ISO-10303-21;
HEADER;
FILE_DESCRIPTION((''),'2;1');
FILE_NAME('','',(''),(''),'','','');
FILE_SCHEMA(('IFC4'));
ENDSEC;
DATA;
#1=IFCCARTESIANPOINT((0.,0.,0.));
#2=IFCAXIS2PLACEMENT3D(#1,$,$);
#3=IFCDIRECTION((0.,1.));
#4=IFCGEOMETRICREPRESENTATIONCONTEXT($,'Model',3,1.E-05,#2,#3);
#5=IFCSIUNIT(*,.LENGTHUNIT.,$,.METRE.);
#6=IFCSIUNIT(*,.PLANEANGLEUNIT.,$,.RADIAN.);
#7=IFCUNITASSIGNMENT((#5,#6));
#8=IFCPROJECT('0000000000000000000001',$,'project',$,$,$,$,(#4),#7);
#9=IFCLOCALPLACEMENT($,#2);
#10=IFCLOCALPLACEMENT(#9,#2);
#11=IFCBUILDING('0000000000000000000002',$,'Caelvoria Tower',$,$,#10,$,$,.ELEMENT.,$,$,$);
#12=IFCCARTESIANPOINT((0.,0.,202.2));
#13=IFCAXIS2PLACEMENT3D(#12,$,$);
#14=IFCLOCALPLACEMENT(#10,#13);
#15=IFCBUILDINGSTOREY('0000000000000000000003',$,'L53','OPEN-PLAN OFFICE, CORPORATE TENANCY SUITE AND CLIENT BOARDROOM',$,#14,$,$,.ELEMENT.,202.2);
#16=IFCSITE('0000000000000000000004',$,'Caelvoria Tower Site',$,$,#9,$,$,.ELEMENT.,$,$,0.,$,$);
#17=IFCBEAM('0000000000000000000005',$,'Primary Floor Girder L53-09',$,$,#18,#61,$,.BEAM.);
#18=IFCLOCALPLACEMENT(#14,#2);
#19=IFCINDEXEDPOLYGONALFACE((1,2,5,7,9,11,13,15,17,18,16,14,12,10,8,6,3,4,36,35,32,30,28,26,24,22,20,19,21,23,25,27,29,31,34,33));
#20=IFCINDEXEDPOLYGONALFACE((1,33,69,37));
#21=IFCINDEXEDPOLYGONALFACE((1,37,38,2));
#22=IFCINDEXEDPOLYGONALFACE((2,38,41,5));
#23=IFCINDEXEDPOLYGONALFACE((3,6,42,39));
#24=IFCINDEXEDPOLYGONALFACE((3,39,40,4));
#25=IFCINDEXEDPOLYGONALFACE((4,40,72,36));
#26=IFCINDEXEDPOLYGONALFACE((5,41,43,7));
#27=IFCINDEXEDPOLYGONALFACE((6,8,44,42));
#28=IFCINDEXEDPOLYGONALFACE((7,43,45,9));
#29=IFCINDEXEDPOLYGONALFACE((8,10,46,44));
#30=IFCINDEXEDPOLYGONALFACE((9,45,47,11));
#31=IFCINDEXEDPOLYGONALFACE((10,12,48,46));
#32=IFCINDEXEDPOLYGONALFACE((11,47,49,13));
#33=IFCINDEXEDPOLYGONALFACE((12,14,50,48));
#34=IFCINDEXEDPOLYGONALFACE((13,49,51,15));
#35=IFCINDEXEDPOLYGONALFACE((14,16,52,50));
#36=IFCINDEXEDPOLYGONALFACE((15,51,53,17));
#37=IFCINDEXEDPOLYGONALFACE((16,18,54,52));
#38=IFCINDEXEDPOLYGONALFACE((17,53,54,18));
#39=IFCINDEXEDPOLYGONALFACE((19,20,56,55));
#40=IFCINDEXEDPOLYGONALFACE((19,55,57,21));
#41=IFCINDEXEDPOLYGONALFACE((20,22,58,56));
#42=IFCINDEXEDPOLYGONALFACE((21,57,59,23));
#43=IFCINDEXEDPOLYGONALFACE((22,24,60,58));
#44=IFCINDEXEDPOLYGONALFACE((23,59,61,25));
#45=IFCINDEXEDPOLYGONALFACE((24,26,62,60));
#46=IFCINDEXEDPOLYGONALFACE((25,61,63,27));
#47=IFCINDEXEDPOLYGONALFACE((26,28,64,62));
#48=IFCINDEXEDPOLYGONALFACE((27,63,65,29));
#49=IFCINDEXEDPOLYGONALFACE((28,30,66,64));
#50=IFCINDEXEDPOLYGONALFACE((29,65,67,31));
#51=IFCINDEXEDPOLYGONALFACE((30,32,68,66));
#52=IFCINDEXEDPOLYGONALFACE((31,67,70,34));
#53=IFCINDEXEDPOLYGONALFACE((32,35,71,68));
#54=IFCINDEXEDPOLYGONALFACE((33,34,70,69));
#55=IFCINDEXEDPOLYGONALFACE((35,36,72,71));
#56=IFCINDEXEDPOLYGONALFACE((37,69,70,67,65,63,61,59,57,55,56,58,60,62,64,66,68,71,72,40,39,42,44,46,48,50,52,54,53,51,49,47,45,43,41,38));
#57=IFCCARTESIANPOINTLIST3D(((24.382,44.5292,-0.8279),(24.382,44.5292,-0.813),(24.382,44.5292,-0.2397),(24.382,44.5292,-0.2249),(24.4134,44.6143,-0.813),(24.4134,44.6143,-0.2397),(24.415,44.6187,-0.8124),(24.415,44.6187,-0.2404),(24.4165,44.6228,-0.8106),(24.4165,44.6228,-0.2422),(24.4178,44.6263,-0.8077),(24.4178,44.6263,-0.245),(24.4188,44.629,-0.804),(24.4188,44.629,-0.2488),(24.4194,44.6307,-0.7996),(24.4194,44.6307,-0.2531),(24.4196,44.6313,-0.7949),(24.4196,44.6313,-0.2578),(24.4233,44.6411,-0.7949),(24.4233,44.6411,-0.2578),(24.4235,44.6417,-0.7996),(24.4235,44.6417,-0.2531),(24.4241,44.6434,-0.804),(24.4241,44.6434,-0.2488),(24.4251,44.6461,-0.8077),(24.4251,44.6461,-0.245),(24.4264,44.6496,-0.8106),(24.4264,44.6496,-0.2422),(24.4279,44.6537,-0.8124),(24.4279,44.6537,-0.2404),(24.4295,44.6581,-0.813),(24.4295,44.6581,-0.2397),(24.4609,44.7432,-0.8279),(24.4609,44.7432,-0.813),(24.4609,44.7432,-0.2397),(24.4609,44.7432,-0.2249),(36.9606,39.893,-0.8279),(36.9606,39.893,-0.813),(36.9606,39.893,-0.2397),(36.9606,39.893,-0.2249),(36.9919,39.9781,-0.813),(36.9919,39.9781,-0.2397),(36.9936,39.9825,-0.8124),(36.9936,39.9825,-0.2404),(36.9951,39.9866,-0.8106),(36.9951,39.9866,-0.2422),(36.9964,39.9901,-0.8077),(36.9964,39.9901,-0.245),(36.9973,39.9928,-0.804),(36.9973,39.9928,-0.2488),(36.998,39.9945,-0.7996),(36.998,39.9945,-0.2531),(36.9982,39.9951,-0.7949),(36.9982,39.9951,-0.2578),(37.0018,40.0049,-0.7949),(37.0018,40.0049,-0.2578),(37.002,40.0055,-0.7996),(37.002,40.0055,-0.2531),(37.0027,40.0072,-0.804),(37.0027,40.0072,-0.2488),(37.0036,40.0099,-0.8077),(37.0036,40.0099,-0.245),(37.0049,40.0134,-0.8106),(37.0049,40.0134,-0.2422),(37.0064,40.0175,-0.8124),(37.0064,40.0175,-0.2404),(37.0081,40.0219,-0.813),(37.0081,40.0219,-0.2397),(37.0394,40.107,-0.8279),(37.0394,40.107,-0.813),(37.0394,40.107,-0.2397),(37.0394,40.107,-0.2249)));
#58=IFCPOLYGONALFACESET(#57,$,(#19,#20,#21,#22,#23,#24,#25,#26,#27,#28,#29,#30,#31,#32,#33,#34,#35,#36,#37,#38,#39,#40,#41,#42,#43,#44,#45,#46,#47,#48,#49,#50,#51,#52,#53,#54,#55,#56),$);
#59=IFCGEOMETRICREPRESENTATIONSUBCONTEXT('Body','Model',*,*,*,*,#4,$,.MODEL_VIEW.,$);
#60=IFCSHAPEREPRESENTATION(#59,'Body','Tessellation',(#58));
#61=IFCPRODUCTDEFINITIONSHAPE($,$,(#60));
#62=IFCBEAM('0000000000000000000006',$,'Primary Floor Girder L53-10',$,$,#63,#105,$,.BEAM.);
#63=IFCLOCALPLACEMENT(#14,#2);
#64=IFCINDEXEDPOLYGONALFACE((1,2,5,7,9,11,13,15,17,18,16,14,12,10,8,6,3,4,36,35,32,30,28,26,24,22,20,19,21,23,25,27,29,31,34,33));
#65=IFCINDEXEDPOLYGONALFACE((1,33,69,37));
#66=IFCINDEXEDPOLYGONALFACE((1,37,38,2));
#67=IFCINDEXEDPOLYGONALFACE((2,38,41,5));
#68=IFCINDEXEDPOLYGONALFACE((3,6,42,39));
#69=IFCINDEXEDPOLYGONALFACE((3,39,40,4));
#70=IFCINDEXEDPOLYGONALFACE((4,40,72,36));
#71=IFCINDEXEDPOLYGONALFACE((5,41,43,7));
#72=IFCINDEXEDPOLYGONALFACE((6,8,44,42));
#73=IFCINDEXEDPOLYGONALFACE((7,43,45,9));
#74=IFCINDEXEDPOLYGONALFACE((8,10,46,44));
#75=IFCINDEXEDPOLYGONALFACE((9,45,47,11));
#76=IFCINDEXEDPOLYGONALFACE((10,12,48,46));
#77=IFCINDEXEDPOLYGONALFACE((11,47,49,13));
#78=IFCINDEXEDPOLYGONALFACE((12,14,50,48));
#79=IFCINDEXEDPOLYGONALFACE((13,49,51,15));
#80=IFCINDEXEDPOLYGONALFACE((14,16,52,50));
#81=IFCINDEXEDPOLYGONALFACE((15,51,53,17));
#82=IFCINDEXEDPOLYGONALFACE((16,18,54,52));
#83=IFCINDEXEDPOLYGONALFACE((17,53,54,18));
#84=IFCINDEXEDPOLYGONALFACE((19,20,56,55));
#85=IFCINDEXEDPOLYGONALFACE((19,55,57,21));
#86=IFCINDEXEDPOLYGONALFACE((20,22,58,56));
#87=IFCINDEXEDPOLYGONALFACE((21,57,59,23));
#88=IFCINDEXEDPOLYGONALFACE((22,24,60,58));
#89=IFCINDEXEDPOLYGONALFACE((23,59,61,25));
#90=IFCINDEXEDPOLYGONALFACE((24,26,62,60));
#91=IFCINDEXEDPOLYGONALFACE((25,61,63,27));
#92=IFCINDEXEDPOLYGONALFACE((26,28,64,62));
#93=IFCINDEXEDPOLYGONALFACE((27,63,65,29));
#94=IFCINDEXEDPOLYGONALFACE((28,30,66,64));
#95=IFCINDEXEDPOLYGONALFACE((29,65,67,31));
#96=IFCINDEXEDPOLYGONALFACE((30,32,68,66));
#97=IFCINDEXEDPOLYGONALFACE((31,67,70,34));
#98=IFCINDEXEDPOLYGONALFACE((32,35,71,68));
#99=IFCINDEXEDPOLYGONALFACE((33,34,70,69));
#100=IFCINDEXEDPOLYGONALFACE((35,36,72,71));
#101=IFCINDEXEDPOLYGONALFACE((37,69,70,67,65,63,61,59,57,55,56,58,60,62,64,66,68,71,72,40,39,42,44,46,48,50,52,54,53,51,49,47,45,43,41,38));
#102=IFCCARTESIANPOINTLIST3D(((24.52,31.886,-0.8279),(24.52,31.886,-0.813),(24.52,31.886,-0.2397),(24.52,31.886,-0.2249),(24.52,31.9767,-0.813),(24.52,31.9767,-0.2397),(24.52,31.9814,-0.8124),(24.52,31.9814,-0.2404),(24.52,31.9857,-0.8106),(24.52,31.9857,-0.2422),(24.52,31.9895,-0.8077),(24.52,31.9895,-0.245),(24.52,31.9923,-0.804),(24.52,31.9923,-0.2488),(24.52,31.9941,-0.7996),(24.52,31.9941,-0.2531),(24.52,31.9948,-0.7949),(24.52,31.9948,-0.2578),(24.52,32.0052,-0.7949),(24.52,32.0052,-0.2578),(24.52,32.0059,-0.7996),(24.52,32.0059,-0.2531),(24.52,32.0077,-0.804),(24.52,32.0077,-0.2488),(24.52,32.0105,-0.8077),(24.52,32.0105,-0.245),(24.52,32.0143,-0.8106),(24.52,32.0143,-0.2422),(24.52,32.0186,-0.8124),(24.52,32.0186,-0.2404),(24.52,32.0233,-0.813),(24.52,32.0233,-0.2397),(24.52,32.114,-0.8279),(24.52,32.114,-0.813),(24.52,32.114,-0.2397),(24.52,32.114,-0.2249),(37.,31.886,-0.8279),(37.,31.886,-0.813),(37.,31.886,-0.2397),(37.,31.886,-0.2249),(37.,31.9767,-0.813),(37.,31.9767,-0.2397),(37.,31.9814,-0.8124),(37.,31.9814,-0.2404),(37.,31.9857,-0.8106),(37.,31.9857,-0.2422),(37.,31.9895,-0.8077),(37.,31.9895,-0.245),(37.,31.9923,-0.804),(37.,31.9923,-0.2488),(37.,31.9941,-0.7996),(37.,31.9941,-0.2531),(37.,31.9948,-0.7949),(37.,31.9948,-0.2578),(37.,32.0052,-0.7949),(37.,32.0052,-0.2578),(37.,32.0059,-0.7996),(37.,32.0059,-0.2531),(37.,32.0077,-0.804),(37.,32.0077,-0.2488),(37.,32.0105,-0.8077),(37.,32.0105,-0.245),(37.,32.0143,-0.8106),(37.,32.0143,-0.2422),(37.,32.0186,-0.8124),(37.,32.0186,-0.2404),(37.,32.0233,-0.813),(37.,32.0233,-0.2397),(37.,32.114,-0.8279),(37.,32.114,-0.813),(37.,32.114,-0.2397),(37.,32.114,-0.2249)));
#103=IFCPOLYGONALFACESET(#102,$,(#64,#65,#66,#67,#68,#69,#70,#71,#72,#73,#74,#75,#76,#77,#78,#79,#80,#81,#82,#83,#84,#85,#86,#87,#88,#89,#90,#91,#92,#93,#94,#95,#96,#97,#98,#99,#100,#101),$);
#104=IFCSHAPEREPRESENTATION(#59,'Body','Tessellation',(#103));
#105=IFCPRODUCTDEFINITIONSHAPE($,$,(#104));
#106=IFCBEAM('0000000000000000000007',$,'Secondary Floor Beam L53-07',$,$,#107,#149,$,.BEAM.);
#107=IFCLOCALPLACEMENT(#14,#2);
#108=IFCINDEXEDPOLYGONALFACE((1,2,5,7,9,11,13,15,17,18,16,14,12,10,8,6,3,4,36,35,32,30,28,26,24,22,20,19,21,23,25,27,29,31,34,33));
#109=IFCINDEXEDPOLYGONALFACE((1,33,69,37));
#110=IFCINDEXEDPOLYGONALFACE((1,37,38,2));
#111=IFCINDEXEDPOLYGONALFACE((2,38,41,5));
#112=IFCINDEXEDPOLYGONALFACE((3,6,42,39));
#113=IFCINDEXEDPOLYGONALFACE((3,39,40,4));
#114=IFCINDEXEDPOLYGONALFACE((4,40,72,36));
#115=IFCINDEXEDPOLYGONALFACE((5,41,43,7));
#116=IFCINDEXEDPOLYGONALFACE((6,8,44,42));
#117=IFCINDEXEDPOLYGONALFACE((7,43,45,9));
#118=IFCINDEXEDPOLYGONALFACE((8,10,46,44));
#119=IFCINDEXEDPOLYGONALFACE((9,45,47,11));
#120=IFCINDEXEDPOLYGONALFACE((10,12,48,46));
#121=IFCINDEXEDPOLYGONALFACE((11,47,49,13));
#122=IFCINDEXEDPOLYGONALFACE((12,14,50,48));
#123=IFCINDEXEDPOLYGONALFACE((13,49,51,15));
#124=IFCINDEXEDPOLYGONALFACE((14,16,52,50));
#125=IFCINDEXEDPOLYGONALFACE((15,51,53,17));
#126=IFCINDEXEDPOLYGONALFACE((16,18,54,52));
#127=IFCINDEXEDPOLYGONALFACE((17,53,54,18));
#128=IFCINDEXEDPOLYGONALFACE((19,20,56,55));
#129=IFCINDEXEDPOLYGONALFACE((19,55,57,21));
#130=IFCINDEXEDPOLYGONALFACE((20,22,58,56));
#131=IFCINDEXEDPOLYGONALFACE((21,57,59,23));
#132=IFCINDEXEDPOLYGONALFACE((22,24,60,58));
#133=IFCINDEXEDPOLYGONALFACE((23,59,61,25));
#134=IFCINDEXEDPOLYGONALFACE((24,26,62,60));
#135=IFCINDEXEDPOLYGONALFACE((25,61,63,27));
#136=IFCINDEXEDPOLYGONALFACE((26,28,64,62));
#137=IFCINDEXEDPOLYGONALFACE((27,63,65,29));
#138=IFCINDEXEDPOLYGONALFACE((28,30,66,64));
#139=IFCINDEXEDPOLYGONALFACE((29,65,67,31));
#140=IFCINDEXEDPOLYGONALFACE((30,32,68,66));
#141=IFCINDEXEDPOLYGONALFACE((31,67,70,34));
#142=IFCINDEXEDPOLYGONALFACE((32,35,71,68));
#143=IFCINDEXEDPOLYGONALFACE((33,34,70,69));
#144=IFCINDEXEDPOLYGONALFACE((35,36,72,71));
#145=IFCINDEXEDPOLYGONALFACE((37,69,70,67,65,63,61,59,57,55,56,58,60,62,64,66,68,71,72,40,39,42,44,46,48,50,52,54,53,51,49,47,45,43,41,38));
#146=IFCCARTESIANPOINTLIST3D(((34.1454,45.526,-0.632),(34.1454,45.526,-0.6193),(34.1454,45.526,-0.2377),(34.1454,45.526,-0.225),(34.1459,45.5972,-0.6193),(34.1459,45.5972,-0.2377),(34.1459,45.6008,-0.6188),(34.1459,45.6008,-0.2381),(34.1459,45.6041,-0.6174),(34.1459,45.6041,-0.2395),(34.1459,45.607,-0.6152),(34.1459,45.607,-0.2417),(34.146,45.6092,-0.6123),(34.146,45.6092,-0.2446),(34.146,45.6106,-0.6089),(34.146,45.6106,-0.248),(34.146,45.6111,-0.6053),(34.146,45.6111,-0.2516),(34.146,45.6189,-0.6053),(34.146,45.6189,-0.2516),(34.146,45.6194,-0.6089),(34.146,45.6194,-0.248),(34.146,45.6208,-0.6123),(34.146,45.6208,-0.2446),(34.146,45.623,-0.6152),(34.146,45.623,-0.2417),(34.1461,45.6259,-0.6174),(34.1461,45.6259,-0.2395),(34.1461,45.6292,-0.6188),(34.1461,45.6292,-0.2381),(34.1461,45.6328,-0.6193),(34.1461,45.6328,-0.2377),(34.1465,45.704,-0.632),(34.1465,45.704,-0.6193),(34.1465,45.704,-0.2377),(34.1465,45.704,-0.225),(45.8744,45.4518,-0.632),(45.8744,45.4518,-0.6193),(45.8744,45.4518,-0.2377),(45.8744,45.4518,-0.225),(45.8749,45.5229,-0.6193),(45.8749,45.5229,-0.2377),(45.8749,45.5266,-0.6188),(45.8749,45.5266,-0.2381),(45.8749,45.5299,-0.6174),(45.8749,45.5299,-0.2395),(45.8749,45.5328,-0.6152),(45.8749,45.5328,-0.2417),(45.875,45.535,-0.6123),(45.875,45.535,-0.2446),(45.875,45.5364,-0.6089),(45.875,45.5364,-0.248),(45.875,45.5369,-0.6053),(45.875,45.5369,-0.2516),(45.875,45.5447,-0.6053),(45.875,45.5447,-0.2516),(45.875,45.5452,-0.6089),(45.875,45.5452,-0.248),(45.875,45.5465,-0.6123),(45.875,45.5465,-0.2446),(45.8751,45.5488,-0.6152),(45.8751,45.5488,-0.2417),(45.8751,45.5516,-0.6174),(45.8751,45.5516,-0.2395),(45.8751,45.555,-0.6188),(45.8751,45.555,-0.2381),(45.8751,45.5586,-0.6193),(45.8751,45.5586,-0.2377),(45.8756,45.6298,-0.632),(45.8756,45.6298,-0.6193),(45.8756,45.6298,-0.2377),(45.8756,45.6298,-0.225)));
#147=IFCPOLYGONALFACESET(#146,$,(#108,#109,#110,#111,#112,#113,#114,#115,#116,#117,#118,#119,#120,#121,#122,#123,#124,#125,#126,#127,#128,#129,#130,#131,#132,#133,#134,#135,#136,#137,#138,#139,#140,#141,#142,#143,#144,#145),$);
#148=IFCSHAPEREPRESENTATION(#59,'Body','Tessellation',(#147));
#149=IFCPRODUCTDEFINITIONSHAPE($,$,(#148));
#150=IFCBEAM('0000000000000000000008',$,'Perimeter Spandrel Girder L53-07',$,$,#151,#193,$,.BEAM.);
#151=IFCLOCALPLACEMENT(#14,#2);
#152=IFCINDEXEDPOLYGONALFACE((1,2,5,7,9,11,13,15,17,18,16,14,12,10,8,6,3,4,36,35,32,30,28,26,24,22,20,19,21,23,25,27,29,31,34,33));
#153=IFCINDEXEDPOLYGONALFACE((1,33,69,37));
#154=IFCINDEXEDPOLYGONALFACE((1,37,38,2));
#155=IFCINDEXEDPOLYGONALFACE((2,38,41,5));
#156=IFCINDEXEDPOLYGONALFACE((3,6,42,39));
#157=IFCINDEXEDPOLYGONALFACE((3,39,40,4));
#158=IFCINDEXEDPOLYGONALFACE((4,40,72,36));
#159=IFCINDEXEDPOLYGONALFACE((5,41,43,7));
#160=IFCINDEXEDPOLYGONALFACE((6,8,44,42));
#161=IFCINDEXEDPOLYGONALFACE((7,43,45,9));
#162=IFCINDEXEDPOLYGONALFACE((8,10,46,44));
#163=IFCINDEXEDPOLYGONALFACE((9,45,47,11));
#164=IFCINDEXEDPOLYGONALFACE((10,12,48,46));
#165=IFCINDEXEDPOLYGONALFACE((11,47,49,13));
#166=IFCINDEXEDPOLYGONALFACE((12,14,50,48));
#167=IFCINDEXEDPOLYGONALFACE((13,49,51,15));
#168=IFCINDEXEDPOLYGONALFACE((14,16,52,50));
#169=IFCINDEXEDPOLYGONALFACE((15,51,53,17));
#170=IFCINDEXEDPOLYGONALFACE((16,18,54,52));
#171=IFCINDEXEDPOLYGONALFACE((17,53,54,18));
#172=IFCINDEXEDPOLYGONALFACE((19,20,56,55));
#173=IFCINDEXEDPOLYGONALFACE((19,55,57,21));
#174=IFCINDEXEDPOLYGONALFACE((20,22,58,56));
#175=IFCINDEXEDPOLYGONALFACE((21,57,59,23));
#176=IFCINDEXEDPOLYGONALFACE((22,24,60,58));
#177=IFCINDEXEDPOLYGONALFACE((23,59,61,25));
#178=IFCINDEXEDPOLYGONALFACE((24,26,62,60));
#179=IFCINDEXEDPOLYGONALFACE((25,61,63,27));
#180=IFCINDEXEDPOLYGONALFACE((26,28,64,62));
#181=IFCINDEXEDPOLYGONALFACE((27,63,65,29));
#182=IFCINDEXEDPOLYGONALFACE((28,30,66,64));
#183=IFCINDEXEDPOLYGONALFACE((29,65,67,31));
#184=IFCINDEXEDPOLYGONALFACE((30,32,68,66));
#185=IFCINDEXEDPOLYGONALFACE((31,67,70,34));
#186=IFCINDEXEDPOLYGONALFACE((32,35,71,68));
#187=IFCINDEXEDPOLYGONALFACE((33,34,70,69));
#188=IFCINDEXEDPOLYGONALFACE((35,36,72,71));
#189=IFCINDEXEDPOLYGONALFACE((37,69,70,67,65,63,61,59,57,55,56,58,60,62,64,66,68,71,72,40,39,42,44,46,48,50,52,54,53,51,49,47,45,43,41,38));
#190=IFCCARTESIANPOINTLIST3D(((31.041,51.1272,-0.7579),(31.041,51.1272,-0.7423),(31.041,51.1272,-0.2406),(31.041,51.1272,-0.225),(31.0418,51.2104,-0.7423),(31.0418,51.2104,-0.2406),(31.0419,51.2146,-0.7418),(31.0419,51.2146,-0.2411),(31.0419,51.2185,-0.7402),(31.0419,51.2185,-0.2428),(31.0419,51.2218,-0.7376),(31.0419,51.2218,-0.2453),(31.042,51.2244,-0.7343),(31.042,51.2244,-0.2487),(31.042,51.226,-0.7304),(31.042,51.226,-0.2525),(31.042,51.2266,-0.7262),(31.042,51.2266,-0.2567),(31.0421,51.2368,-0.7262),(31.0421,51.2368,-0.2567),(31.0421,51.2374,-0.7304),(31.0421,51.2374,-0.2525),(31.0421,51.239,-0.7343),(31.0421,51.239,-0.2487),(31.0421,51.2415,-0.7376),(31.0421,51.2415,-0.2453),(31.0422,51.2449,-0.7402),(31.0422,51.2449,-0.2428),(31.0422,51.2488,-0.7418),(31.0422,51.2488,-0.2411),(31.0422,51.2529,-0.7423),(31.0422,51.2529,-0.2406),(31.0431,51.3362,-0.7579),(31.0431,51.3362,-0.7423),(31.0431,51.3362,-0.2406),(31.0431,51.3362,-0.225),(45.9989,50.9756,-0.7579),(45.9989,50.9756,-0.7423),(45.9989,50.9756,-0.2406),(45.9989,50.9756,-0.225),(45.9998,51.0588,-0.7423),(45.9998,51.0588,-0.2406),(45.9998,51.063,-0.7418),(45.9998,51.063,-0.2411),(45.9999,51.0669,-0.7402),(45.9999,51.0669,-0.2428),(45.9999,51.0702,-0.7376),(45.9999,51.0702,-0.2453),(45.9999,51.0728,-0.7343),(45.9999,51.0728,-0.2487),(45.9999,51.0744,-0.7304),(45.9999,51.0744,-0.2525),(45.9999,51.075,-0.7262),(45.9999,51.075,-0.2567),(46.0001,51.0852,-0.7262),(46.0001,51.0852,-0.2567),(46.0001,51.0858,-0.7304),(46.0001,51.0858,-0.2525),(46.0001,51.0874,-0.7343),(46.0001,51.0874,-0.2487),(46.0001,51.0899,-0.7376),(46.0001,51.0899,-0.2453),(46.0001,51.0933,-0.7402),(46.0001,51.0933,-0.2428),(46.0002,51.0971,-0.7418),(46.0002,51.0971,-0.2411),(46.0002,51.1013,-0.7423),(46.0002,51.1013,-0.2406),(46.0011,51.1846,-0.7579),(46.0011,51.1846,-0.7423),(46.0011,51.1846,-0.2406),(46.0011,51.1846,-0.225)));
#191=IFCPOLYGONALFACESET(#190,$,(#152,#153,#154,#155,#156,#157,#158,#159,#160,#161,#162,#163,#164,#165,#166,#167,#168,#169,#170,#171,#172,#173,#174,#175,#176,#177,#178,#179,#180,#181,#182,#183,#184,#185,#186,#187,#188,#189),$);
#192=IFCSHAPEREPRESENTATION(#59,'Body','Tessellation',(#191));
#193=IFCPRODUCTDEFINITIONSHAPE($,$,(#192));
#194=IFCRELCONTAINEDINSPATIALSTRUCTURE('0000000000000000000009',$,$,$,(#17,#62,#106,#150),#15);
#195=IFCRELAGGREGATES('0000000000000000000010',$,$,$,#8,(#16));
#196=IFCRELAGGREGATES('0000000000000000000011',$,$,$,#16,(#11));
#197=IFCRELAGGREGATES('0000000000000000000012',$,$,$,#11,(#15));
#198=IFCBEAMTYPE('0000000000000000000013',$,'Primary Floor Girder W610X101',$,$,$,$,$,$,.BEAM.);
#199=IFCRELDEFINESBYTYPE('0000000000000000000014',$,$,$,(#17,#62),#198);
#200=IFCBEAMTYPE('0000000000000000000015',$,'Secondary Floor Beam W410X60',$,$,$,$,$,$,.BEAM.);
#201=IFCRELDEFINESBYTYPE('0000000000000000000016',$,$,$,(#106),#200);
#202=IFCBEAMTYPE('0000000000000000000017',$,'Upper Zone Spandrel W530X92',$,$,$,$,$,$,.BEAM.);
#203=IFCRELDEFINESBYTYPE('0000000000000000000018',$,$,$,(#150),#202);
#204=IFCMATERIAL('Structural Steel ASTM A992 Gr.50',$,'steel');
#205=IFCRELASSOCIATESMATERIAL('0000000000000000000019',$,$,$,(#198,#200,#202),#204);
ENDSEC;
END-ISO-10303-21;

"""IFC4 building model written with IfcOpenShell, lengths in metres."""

from ifc_helpers import new_model, si_unit, direction, frame, origin, origin_2d, place, context, subcontext, project, spatial, i_section, extrude, material, material_profile, profile_set, type_object, element, save


model = new_model("IFC4")

# Units and contexts
model_context = context("Model", 3, precision=1e-05, world=origin(), true_north=direction((0.0, 1.0)))
body_context = subcontext(model_context, "Body", "Model", "MODEL_VIEW")
ifc_project = project(units=[si_unit("LENGTHUNIT", "METRE"), si_unit("PLANEANGLEUNIT", "RADIAN")], contexts=[model_context])

# Site, building, storey
site_placement = place(None, origin())
site = spatial("IfcSite", under=ifc_project, at=site_placement, Name="Caelvoria Tower Site", CompositionType="ELEMENT", RefElevation=0.0)
building_placement = place(site_placement, origin())
building = spatial("IfcBuilding", under=site, at=building_placement, Name="Caelvoria Tower", CompositionType="ELEMENT")
storey_placement = place(building_placement, frame((0.0, 0.0, 202.2)))
storey = spatial("IfcBuildingStorey", under=building, at=storey_placement, Name="L53", Description="OPEN-PLAN OFFICE, CORPORATE TENANCY SUITE AND CLIENT BOARDROOM", CompositionType="ELEMENT", Elevation=202.2)

# Shared definitions
ifc_material_1 = material(Name="Structural Steel ASTM A992 Gr.50", Category="steel")

# Beams
ifc_material_profile_1 = material_profile(ifc_material_1, i_section(OverallWidth=0.228, OverallDepth=0.603, WebThickness=0.0105, FlangeThickness=0.0149, FilletRadius=0.0181, at=origin_2d()), Name="Structural Steel ASTM A992 Gr.50")
ifc_profile_set_1 = profile_set([ifc_material_profile_1], Name="W610X101 - Structural Steel ASTM A992 Gr.50")
beam_type_1 = type_object("IfcBeamType", Name="Primary Floor Girder W610X101", PredefinedType="BEAM", material=ifc_profile_set_1)
beam_1_placement = place(storey_placement, frame((37.0, 40.0, -0.5264), z_axis=(-0.938295, 0.345837, 0.0), x_axis=(-0.345837, -0.938295, 0.0)))
element("IfcBeam", 1, at=beam_1_placement, inside=storey, type_object=beam_type_1, Name="Primary Floor Girder L53-09", PredefinedType="BEAM", context=body_context, shape_type="SweptSolid", body=[
    extrude(i_section(OverallWidth=0.228, OverallDepth=0.603, WebThickness=0.0105, FlangeThickness=0.0149, FilletRadius=0.0181, at=origin_2d()), origin(), (0.0, 0.0, 1.0), 13.4058),
])
beam_2_placement = place(storey_placement, frame((37.0, 32.0, -0.5264), z_axis=(-1.0, 0.0, 0.0), x_axis=(0.0, -1.0, 0.0)))
element("IfcBeam", 2, at=beam_2_placement, inside=storey, type_object=beam_type_1, Name="Primary Floor Girder L53-10", PredefinedType="BEAM", context=body_context, shape_type="SweptSolid", body=[
    extrude(i_section(OverallWidth=0.228, OverallDepth=0.603, WebThickness=0.0105, FlangeThickness=0.0149, FilletRadius=0.0181, at=origin_2d()), origin(), (0.0, 0.0, 1.0), 12.48),
])
ifc_material_profile_2 = material_profile(ifc_material_1, i_section(OverallWidth=0.178, OverallDepth=0.407, WebThickness=0.0078, FlangeThickness=0.0127, FilletRadius=0.0139, at=origin_2d()), Name="Structural Steel ASTM A992 Gr.50")
ifc_profile_set_2 = profile_set([ifc_material_profile_2], Name="W410X60 - Structural Steel ASTM A992 Gr.50")
beam_type_2 = type_object("IfcBeamType", Name="Secondary Floor Beam W410X60", PredefinedType="BEAM", material=ifc_profile_set_2)
beam_3_placement = place(storey_placement, frame((45.875, 45.5408, -0.4285), z_axis=(-0.99998, 0.006328, 0.0), x_axis=(-0.006328, -0.99998, 0.0)))
element("IfcBeam", 3, at=beam_3_placement, inside=storey, type_object=beam_type_2, Name="Secondary Floor Beam L53-07", PredefinedType="BEAM", context=body_context, shape_type="SweptSolid", body=[
    extrude(i_section(OverallWidth=0.178, OverallDepth=0.407, WebThickness=0.0078, FlangeThickness=0.0127, FilletRadius=0.0139, at=origin_2d()), origin(), (0.0, 0.0, 1.0), 11.7292),
])
ifc_material_profile_3 = material_profile(ifc_material_1, i_section(OverallWidth=0.209, OverallDepth=0.533, WebThickness=0.0103, FlangeThickness=0.0156, FilletRadius=0.0161, at=origin_2d()), Name="Structural Steel ASTM A992 Gr.50")
ifc_profile_set_3 = profile_set([ifc_material_profile_3], Name="W530X92 - Structural Steel ASTM A992 Gr.50")
beam_type_3 = type_object("IfcBeamType", Name="Upper Zone Spandrel W530X92", PredefinedType="BEAM", material=ifc_profile_set_3)
beam_4_placement = place(storey_placement, frame((46.0, 51.0801, -0.4915), z_axis=(-0.999949, 0.010135, 0.0), x_axis=(-0.010135, -0.999949, 0.0)))
element("IfcBeam", 4, at=beam_4_placement, inside=storey, type_object=beam_type_3, Name="Perimeter Spandrel Girder L53-07", PredefinedType="BEAM", context=body_context, shape_type="SweptSolid", body=[
    extrude(i_section(OverallWidth=0.209, OverallDepth=0.533, WebThickness=0.0103, FlangeThickness=0.0156, FilletRadius=0.0161, at=origin_2d()), origin(), (0.0, 0.0, 1.0), 14.9587),
])

save(model, "model.ifc")
